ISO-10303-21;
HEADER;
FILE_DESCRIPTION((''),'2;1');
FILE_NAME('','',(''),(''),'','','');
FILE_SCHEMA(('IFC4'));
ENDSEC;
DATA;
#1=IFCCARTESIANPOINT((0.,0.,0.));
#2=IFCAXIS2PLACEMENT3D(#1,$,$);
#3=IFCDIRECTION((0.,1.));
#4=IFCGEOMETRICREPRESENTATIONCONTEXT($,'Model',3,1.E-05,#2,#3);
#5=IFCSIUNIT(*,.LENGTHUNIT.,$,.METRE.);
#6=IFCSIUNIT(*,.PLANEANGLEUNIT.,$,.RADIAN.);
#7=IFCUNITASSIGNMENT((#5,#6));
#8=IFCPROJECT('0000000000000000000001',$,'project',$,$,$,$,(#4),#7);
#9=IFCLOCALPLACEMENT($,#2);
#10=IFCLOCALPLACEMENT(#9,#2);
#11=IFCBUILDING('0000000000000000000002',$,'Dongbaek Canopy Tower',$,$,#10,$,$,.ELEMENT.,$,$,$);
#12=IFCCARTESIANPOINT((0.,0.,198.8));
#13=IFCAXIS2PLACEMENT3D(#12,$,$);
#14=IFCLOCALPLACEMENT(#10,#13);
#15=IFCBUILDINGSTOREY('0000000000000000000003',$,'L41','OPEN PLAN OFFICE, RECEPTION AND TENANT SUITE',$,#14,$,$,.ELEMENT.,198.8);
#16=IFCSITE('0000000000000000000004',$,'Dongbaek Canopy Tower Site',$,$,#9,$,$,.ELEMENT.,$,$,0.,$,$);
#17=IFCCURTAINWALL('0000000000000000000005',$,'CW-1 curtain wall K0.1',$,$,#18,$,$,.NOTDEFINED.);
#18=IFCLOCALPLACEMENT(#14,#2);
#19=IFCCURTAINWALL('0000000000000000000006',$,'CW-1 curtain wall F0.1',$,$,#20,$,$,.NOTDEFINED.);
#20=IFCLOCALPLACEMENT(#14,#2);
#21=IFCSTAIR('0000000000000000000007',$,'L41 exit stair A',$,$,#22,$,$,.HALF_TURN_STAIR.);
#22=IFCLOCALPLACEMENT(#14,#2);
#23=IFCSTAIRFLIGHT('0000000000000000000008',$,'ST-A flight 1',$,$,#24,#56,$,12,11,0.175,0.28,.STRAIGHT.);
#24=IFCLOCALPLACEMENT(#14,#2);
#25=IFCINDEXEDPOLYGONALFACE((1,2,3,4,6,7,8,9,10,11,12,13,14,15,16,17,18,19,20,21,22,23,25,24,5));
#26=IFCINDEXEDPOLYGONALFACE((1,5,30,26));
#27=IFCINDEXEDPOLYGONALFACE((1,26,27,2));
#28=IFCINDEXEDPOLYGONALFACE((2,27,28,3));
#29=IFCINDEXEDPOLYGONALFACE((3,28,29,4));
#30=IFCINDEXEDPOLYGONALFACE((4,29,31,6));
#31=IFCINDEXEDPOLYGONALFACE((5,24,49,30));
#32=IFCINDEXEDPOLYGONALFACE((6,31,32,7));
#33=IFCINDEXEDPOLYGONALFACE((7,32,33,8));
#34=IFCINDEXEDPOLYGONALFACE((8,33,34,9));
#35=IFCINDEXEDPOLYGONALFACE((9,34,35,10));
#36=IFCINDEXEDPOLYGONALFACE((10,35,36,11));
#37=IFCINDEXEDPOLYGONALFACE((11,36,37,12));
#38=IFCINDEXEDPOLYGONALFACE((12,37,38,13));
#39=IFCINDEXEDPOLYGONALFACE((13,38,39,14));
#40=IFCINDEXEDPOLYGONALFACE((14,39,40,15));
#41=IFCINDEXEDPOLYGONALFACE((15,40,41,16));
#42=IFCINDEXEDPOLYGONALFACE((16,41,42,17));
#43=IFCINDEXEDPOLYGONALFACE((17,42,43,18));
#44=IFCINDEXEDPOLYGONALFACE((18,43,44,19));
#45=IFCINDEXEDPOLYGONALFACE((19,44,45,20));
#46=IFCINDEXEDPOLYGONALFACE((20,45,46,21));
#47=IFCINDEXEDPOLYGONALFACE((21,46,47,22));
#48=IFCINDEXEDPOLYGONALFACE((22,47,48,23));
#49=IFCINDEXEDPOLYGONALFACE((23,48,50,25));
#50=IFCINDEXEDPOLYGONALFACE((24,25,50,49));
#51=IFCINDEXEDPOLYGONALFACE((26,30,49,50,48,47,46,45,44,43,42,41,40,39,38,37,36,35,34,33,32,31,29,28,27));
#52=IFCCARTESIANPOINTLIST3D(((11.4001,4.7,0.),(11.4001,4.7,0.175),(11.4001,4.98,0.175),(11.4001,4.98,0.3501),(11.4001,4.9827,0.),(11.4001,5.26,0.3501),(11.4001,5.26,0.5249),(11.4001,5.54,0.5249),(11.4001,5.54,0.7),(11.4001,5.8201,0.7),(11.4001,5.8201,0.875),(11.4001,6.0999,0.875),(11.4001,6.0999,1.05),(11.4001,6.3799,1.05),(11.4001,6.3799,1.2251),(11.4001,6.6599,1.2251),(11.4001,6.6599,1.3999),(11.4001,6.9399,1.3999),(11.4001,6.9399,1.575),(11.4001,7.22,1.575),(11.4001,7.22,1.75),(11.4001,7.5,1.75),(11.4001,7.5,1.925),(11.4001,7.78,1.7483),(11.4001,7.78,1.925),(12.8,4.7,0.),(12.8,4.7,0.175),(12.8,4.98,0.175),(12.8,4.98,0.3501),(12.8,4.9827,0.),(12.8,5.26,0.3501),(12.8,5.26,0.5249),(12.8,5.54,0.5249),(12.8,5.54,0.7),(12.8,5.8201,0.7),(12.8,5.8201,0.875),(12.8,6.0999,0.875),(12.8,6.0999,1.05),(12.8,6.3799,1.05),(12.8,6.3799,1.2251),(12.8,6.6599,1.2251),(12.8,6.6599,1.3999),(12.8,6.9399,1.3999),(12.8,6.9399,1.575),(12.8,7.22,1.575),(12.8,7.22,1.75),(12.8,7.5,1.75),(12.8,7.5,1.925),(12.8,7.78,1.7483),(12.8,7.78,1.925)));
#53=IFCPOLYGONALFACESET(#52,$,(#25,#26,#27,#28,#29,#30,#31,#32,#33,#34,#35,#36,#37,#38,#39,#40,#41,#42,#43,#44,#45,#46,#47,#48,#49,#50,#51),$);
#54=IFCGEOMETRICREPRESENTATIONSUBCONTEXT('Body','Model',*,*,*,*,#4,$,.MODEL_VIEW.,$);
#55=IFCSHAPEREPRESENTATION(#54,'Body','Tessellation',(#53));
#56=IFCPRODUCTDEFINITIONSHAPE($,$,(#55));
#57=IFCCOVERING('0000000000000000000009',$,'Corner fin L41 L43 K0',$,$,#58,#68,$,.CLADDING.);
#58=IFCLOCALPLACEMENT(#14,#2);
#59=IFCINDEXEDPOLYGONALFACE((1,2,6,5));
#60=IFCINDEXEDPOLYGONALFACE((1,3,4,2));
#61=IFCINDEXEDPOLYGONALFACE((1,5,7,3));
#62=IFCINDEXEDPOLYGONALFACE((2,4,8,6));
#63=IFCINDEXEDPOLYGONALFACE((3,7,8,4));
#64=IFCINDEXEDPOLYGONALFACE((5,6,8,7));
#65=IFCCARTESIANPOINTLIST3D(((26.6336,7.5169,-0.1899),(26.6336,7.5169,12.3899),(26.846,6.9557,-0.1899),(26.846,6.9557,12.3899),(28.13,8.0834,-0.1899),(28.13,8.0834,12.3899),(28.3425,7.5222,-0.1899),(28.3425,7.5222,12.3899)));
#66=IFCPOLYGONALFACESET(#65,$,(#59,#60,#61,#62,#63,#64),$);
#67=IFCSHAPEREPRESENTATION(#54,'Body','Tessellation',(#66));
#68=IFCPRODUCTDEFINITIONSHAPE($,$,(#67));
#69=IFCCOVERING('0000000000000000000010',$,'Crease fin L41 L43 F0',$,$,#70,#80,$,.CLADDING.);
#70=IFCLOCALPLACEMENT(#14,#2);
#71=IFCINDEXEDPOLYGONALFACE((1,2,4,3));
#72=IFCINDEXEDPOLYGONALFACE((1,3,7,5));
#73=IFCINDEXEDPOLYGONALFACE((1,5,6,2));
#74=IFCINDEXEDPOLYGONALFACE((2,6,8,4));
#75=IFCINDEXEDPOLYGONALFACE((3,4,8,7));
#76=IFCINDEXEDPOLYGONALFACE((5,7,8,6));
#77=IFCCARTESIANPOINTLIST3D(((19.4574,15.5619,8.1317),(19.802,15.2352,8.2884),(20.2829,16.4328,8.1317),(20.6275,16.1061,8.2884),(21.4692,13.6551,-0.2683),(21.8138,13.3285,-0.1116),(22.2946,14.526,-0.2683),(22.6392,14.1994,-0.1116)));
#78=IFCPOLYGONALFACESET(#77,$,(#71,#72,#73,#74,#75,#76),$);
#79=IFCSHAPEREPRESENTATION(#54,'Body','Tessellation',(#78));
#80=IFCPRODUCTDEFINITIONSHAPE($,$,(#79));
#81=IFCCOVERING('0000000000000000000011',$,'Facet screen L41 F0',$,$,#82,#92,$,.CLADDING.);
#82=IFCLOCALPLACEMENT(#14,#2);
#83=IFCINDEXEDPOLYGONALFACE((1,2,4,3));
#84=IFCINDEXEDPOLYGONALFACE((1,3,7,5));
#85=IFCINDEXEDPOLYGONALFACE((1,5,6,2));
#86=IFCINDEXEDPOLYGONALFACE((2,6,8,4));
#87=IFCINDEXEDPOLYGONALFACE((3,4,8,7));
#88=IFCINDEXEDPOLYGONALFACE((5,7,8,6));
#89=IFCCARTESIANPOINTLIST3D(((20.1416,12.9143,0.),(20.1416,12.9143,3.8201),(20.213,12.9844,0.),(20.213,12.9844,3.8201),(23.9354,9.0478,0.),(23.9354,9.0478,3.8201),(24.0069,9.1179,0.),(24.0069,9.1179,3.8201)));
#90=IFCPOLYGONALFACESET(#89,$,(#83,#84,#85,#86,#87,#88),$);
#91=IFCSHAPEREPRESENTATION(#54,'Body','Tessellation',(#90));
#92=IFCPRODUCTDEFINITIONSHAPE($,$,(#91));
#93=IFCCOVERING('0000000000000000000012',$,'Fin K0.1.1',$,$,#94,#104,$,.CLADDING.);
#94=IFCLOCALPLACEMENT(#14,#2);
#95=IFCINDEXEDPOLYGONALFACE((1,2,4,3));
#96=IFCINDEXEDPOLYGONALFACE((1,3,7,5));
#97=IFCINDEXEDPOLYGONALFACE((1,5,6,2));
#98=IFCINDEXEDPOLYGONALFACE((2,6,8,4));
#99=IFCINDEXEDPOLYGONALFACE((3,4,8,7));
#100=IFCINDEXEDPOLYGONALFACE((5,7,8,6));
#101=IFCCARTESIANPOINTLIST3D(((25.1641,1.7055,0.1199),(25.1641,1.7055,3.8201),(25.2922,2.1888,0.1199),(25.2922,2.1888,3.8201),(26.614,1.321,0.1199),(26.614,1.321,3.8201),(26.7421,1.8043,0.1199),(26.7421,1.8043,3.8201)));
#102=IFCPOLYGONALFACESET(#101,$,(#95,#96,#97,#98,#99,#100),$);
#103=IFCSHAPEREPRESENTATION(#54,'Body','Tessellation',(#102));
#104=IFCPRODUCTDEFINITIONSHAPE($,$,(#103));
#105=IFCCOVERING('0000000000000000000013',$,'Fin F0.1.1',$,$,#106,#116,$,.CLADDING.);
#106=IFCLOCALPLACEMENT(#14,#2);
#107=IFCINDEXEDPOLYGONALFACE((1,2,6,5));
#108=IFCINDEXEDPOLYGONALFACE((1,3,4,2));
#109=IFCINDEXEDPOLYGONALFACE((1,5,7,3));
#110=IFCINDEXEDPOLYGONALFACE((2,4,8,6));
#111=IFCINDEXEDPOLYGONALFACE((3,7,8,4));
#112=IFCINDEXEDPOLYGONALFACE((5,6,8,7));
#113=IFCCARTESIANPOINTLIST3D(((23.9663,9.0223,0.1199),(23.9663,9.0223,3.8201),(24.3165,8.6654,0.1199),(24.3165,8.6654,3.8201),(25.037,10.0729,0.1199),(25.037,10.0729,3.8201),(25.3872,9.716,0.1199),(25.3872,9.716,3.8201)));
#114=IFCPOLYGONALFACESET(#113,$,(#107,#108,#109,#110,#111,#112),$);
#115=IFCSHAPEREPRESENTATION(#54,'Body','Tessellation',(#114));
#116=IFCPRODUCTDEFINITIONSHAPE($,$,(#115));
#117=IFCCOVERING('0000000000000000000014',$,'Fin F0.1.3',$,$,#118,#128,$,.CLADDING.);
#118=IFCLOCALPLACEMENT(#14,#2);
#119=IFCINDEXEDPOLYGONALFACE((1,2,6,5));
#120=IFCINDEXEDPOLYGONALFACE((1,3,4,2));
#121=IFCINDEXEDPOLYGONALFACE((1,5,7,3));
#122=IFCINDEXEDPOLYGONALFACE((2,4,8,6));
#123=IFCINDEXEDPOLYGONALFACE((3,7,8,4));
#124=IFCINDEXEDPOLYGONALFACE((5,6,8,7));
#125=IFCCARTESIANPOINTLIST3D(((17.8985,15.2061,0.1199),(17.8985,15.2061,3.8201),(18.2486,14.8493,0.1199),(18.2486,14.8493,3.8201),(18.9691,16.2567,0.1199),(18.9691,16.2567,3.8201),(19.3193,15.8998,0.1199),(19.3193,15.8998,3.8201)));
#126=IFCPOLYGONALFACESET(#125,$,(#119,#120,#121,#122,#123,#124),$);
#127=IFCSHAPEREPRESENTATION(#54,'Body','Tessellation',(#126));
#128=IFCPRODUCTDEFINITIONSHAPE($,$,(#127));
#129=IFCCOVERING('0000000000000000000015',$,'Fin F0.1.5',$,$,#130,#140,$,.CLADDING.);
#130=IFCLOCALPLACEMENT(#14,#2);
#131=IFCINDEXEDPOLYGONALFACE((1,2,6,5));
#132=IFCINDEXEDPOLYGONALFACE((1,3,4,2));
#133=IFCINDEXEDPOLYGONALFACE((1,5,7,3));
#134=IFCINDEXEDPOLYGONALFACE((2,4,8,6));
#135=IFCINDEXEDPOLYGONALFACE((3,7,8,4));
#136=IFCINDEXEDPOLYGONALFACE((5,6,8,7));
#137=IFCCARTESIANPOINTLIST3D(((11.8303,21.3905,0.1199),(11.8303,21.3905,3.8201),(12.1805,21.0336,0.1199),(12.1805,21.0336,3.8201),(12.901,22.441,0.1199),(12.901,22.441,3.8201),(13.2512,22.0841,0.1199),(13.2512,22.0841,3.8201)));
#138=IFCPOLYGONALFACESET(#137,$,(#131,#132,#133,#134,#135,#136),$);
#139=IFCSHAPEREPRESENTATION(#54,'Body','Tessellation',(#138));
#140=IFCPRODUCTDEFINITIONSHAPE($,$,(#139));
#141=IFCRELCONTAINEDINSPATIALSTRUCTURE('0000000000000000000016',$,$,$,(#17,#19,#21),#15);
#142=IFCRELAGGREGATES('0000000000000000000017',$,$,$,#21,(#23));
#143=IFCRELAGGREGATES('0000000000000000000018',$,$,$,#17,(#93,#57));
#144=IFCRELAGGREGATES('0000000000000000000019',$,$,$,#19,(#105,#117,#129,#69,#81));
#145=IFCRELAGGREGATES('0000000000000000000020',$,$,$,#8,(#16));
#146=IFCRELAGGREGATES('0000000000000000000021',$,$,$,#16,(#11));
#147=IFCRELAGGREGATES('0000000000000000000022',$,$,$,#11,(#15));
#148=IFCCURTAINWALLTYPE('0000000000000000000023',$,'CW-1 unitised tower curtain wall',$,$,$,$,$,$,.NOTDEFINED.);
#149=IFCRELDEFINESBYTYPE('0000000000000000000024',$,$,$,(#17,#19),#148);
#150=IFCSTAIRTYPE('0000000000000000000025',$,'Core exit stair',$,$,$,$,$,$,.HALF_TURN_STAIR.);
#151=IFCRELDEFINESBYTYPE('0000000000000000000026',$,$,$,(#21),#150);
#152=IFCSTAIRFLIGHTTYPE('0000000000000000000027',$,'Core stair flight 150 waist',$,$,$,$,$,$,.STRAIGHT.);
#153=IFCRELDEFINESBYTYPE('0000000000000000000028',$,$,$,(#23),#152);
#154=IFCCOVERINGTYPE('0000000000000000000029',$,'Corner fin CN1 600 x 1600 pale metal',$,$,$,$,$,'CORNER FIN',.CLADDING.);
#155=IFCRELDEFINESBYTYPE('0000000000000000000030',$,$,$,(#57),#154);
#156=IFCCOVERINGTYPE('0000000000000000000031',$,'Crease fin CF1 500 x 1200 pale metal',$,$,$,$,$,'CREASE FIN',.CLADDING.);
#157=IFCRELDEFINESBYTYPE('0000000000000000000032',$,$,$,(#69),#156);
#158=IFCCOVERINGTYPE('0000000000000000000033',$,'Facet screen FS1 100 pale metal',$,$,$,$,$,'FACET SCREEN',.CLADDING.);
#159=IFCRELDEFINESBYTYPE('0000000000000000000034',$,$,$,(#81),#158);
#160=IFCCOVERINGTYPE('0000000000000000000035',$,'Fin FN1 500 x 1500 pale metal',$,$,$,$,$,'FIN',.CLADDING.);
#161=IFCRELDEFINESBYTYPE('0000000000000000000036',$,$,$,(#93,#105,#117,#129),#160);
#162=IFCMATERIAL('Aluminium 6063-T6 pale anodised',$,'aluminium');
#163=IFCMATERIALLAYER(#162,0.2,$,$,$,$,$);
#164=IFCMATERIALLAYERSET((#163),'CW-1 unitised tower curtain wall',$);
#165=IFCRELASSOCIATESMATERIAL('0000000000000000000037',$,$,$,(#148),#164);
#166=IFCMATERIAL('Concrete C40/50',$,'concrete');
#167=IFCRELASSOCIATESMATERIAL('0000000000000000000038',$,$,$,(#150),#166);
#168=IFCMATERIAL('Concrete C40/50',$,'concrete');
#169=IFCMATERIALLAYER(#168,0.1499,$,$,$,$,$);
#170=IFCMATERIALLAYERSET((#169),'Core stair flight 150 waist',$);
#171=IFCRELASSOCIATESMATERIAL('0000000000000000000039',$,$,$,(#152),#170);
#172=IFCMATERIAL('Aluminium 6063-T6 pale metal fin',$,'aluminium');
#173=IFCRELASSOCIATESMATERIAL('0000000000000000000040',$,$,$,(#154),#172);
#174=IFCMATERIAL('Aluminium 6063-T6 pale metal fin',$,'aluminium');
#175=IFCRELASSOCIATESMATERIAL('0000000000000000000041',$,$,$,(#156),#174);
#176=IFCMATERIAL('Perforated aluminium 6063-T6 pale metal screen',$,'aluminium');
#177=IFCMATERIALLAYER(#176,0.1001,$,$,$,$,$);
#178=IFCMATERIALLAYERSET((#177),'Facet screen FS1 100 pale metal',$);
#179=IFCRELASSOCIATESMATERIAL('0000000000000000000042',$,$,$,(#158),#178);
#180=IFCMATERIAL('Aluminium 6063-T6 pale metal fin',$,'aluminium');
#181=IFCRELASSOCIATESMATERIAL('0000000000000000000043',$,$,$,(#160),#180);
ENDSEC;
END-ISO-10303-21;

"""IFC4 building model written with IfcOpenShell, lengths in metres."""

from ifc_helpers import new_model, si_unit, direction, frame, origin, origin_2d, place, context, subcontext, project, spatial, polyline, rectangle, outline, extrude, material, layer, layer_set, material_profile, profile_set, type_object, element, aggregate, save


model = new_model("IFC4")

# Units and contexts
model_context = context("Model", 3, precision=1e-05, world=origin(), true_north=direction((0.0, 1.0)))
body_context = subcontext(model_context, "Body", "Model", "MODEL_VIEW")
ifc_project = project(units=[si_unit("LENGTHUNIT", "METRE"), si_unit("PLANEANGLEUNIT", "RADIAN")], contexts=[model_context])

# Site, building, storey
site_placement = place(None, origin())
site = spatial("IfcSite", under=ifc_project, at=site_placement, Name="Dongbaek Canopy Tower Site", CompositionType="ELEMENT", RefElevation=0.0)
building_placement = place(site_placement, origin())
building = spatial("IfcBuilding", under=site, at=building_placement, Name="Dongbaek Canopy Tower", CompositionType="ELEMENT")
storey_placement = place(building_placement, frame((0.0, 0.0, 198.8)))
storey = spatial("IfcBuildingStorey", under=building, at=storey_placement, Name="L41", Description="OPEN PLAN OFFICE, RECEPTION AND TENANT SUITE", CompositionType="ELEMENT", Elevation=198.8)

# Curtain walls
ifc_material_1 = material(Name="Aluminium 6063-T6 pale anodised", Category="aluminium")
ifc_layer_1 = layer(ifc_material_1, 0.2)
ifc_layer_set_1 = layer_set([ifc_layer_1], Name="CW-1 unitised tower curtain wall")
curtain_wall_type = type_object("IfcCurtainWallType", Name="CW-1 unitised tower curtain wall", PredefinedType="NOTDEFINED", material=ifc_layer_set_1)
curtain_wall_1_placement = place(storey_placement, origin())
curtain_wall_1 = element("IfcCurtainWall", 1, at=curtain_wall_1_placement, inside=storey, type_object=curtain_wall_type, Name="CW-1 curtain wall K0.1", PredefinedType="NOTDEFINED")
curtain_wall_2_placement = place(storey_placement, origin())
curtain_wall_2 = element("IfcCurtainWall", 2, at=curtain_wall_2_placement, inside=storey, type_object=curtain_wall_type, Name="CW-1 curtain wall F0.1", PredefinedType="NOTDEFINED")

# Stair, stair flight
ifc_material_2 = material(Name="Concrete C40/50", Category="concrete")
stair_type = type_object("IfcStairType", Name="Core exit stair", PredefinedType="HALF_TURN_STAIR", material=ifc_material_2)
stair_placement = place(storey_placement, origin())
stair = element("IfcStair", 3, at=stair_placement, inside=storey, type_object=stair_type, Name="L41 exit stair A", PredefinedType="HALF_TURN_STAIR")
ifc_material_3 = material(Name="Concrete C40/50", Category="concrete")
ifc_layer_2 = layer(ifc_material_3, 0.1499)
ifc_layer_set_2 = layer_set([ifc_layer_2], Name="Core stair flight 150 waist")
stair_flight_type = type_object("IfcStairFlightType", Name="Core stair flight 150 waist", PredefinedType="STRAIGHT", material=ifc_layer_set_2)
stair_flight_placement = place(storey_placement, frame((12.1001, 4.7, 0.0), z_axis=(0.0, 0.0, 1.0), x_axis=(0.0, 1.0, 0.0)))
stair_flight = element("IfcStairFlight", 4, at=stair_flight_placement, type_object=stair_flight_type, Name="ST-A flight 1", NumberOfRisers=12, NumberOfTreads=11, PredefinedType="STRAIGHT", RiserHeight=0.175, TreadLength=0.28, context=body_context, shape_type="SweptSolid", body=[
    extrude(outline(polyline([(0.0, 0.0), (0.0, 0.175), (0.28, 0.175), (0.28, 0.3501), (0.5601, 0.3501), (0.5601, 0.5249), (0.8401, 0.5249), (0.8401, 0.7), (1.1201, 0.7), (1.1201, 0.875), (1.3999, 0.875), (1.3999, 1.05), (1.6799, 1.05), (1.6799, 1.2251), (1.96, 1.2251), (1.96, 1.3999), (2.24, 1.3999), (2.24, 1.575), (2.52, 1.575), (2.52, 1.75), (2.8, 1.75), (2.8, 1.925), (3.0801, 1.925), (3.0801, 2.1001), (3.0801, 1.7483), (0.2827, 0.0), (0.0, 0.0)])), frame((0.0, 0.7, 0.0), z_axis=(0.0, -1.0, 0.0), x_axis=(1.0, 0.0, 0.0)), (0.0, 0.0, 1.0), 1.3999),
])
aggregate(stair, [stair_flight])

# Coverings
ifc_material_4 = material(Name="Aluminium 6063-T6 pale metal fin", Category="aluminium")
ifc_material_profile_1 = material_profile(ifc_material_4, rectangle(XDim=1.6001, YDim=0.6001, at=origin_2d()), Name="Corner fin CN1 600 x 1600 pale metal")
ifc_profile_set_1 = profile_set([ifc_material_profile_1], Name="Aluminium 6063-T6 pale metal fin")
covering_type_1 = type_object("IfcCoveringType", Name="Corner fin CN1 600 x 1600 pale metal", ElementType="CORNER FIN", PredefinedType="CLADDING", material=ifc_profile_set_1)
covering_1_placement = place(storey_placement, frame((27.488, 7.5195, -0.1899), z_axis=(0.0, 0.0, 1.0), x_axis=(0.935235, 0.354027, 0.0)))
covering_1 = element("IfcCovering", 5, at=covering_1_placement, type_object=covering_type_1, Name="Corner fin L41 L43 K0", PredefinedType="CLADDING", context=body_context, shape_type="SweptSolid", body=[
    extrude(rectangle(XDim=1.6001, YDim=0.6001, at=origin_2d()), origin(), (0.0, 0.0, 1.0), 12.5798),
])
ifc_material_5 = material(Name="Aluminium 6063-T6 pale metal fin", Category="aluminium")
ifc_material_profile_2 = material_profile(ifc_material_5, rectangle(XDim=1.2, YDim=0.5, at=origin_2d()), Name="Crease fin CF1 500 x 1200 pale metal")
ifc_profile_set_2 = profile_set([ifc_material_profile_2], Name="Aluminium 6063-T6 pale metal fin")
covering_type_2 = type_object("IfcCoveringType", Name="Crease fin CF1 500 x 1200 pale metal", ElementType="CREASE FIN", PredefinedType="CLADDING", material=ifc_profile_set_2)
covering_2_placement = place(storey_placement, frame((22.0542, 13.9272, -0.1899), z_axis=(-0.227431, 0.215563, 0.949636), x_axis=(-0.687916, -0.725791, 0.0)))
covering_2 = element("IfcCovering", 6, at=covering_2_placement, type_object=covering_type_2, Name="Crease fin L41 L43 F0", PredefinedType="CLADDING", context=body_context, shape_type="SweptSolid", body=[
    extrude(rectangle(XDim=1.2, YDim=0.5, at=origin_2d()), origin(), (0.0, 0.0, 1.0), 8.8455),
])
ifc_material_6 = material(Name="Perforated aluminium 6063-T6 pale metal screen", Category="aluminium")
ifc_layer_3 = layer(ifc_material_6, 0.1001)
ifc_layer_set_3 = layer_set([ifc_layer_3], Name="Facet screen FS1 100 pale metal")
covering_type_3 = type_object("IfcCoveringType", Name="Facet screen FS1 100 pale metal", ElementType="FACET SCREEN", PredefinedType="CLADDING", material=ifc_layer_set_3)
covering_3_placement = place(storey_placement, frame((22.0742, 11.0161, 0.0), z_axis=(0.0, 0.0, 1.0), x_axis=(-0.700368, 0.713782, 0.0)))
covering_3 = element("IfcCovering", 7, at=covering_3_placement, type_object=covering_type_3, Name="Facet screen L41 F0", PredefinedType="CLADDING", context=body_context, shape_type="SweptSolid", body=[
    extrude(rectangle(XDim=5.417, YDim=0.1001, at=origin_2d()), origin(), (0.0, 0.0, 1.0), 3.8201),
])
ifc_material_7 = material(Name="Aluminium 6063-T6 pale metal fin", Category="aluminium")
ifc_material_profile_3 = material_profile(ifc_material_7, rectangle(XDim=1.5, YDim=0.5, at=origin_2d()), Name="Fin FN1 500 x 1500 pale metal")
ifc_profile_set_3 = profile_set([ifc_material_profile_3], Name="Aluminium 6063-T6 pale metal fin")
covering_type_4 = type_object("IfcCoveringType", Name="Fin FN1 500 x 1500 pale metal", ElementType="FIN", PredefinedType="CLADDING", material=ifc_profile_set_3)
covering_4_placement = place(storey_placement, frame((25.9531, 1.7549, 0.1199), z_axis=(0.0, 0.0, 1.0), x_axis=(0.966599, -0.256293, 0.0)))
covering_4 = element("IfcCovering", 8, at=covering_4_placement, type_object=covering_type_4, Name="Fin K0.1.1", PredefinedType="CLADDING", context=body_context, shape_type="SweptSolid", body=[
    extrude(rectangle(XDim=1.5, YDim=0.5, at=origin_2d()), origin(), (0.0, 0.0, 1.0), 3.7002),
])
aggregate(curtain_wall_1, [covering_4, covering_1])
covering_5_placement = place(storey_placement, frame((24.6768, 9.3691, 0.1199), z_axis=(0.0, 0.0, 1.0), x_axis=(0.713782, 0.700368, 0.0)))
covering_5 = element("IfcCovering", 9, at=covering_5_placement, type_object=covering_type_4, Name="Fin F0.1.1", PredefinedType="CLADDING", context=body_context, shape_type="SweptSolid", body=[
    extrude(rectangle(XDim=1.5, YDim=0.5, at=origin_2d()), origin(), (0.0, 0.0, 1.0), 3.7002),
])
covering_6_placement = place(storey_placement, frame((18.6089, 15.553, 0.1199), z_axis=(0.0, 0.0, 1.0), x_axis=(0.713782, 0.700368, 0.0)))
covering_6 = element("IfcCovering", 10, at=covering_6_placement, type_object=covering_type_4, Name="Fin F0.1.3", PredefinedType="CLADDING", context=body_context, shape_type="SweptSolid", body=[
    extrude(rectangle(XDim=1.5, YDim=0.5, at=origin_2d()), origin(), (0.0, 0.0, 1.0), 3.7002),
])
covering_7_placement = place(storey_placement, frame((12.5408, 21.7373, 0.1199), z_axis=(0.0, 0.0, 1.0), x_axis=(0.713782, 0.700368, 0.0)))
covering_7 = element("IfcCovering", 11, at=covering_7_placement, type_object=covering_type_4, Name="Fin F0.1.5", PredefinedType="CLADDING", context=body_context, shape_type="SweptSolid", body=[
    extrude(rectangle(XDim=1.5, YDim=0.5, at=origin_2d()), origin(), (0.0, 0.0, 1.0), 3.7002),
])
aggregate(curtain_wall_2, [covering_5, covering_6, covering_7, covering_2, covering_3])

save(model, "model.ifc")
